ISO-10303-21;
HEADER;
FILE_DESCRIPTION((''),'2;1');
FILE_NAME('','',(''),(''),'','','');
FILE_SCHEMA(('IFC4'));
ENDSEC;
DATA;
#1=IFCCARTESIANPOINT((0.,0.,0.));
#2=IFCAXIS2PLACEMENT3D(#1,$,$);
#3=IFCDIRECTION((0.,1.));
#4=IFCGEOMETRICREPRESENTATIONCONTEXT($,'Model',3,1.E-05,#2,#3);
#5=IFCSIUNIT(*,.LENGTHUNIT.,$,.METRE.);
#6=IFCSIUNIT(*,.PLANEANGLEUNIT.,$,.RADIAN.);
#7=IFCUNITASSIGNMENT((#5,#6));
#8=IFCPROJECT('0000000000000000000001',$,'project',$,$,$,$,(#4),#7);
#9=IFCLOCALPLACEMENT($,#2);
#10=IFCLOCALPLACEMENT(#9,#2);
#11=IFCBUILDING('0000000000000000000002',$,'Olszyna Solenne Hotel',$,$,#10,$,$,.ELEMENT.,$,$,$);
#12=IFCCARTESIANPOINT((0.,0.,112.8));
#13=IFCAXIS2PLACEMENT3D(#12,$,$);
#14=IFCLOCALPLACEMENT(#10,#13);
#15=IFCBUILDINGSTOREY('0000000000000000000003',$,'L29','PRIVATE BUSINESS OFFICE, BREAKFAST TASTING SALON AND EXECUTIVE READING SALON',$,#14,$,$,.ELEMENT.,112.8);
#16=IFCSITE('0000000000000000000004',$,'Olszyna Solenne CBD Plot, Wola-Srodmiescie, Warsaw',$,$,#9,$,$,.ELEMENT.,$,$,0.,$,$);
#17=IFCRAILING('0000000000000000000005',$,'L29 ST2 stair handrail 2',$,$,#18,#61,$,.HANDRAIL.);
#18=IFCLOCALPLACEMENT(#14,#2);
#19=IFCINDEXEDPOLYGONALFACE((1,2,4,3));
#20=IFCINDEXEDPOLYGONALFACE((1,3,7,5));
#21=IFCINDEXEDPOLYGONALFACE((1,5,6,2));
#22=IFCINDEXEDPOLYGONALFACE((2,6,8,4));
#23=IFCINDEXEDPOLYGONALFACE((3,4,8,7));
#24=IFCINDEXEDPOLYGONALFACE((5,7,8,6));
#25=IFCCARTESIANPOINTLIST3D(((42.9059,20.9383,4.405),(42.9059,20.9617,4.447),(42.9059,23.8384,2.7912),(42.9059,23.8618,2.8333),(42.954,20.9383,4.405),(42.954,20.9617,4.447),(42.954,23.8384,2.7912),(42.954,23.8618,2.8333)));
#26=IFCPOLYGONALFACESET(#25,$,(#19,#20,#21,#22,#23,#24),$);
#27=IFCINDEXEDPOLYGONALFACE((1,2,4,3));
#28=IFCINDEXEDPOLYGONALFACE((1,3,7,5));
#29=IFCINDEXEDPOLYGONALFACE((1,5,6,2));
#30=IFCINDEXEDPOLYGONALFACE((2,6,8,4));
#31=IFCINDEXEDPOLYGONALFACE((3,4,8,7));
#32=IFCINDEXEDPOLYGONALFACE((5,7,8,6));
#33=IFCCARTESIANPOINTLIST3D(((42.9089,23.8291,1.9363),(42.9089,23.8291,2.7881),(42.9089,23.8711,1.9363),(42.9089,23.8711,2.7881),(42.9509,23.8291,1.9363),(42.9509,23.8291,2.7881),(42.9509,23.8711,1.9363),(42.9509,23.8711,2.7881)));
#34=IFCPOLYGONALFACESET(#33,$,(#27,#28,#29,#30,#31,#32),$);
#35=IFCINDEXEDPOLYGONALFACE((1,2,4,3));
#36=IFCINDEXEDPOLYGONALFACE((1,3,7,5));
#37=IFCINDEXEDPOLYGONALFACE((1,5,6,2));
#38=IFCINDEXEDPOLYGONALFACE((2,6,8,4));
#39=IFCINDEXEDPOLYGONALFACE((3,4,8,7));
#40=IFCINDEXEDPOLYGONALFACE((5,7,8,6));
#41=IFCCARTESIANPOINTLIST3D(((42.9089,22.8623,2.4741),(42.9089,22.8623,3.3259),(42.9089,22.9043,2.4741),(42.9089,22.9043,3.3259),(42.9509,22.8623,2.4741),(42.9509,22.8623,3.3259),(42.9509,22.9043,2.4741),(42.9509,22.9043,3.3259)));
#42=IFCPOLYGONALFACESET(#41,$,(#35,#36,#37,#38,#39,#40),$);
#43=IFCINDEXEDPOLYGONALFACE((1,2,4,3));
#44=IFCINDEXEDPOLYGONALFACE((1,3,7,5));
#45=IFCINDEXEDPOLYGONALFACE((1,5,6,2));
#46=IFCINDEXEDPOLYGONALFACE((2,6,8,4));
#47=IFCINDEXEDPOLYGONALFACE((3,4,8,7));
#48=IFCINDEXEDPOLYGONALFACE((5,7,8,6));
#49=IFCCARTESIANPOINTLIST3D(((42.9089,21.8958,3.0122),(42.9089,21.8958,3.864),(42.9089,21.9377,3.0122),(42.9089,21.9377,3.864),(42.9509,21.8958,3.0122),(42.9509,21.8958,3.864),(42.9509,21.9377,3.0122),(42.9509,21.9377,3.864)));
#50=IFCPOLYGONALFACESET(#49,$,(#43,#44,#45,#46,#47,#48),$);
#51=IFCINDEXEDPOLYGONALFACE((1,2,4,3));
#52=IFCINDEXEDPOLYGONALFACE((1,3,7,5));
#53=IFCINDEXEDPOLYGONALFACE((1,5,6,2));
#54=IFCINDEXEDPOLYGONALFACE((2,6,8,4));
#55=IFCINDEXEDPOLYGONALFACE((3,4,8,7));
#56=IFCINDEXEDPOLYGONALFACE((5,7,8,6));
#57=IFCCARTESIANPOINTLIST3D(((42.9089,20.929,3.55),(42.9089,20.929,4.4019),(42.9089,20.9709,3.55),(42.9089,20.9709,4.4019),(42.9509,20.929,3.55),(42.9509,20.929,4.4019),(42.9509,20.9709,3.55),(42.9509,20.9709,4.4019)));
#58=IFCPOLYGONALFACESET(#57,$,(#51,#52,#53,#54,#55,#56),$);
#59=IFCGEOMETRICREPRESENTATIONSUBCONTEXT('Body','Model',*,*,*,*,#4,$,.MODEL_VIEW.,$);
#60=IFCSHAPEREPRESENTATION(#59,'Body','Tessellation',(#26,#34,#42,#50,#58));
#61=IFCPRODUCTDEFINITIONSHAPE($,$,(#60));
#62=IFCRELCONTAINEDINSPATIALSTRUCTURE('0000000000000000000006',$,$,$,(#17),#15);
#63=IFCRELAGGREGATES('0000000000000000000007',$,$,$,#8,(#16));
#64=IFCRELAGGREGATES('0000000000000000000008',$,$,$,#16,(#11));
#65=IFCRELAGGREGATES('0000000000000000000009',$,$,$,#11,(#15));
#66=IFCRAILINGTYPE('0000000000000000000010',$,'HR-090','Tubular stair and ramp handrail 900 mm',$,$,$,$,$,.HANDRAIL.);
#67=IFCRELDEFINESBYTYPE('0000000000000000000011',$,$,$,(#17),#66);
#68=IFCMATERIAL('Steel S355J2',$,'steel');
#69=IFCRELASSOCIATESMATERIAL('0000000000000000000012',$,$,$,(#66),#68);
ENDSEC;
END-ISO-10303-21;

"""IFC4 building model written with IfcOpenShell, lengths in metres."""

from ifc_helpers import new_model, si_unit, direction, frame, origin, origin_2d, place, context, subcontext, project, spatial, rectangle, extrude, material, type_object, element, save


model = new_model("IFC4")

# Units and contexts
model_context = context("Model", 3, precision=1e-05, world=origin(), true_north=direction((0.0, 1.0)))
body_context = subcontext(model_context, "Body", "Model", "MODEL_VIEW")
ifc_project = project(units=[si_unit("LENGTHUNIT", "METRE"), si_unit("PLANEANGLEUNIT", "RADIAN")], contexts=[model_context])

# Site, building, storey
site_placement = place(None, origin())
site = spatial("IfcSite", under=ifc_project, at=site_placement, Name="Olszyna Solenne CBD Plot, Wola-Srodmiescie, Warsaw", CompositionType="ELEMENT", RefElevation=0.0)
building_placement = place(site_placement, origin())
building = spatial("IfcBuilding", under=site, at=building_placement, Name="Olszyna Solenne Hotel", CompositionType="ELEMENT")
storey_placement = place(building_placement, frame((0.0, 0.0, 112.8)))
storey = spatial("IfcBuildingStorey", under=building, at=storey_placement, Name="L29", Description="PRIVATE BUSINESS OFFICE, BREAKFAST TASTING SALON AND EXECUTIVE READING SALON", CompositionType="ELEMENT", Elevation=112.8)

# Shared definitions
ifc_material_1 = material(Name="Steel S355J2", Category="steel")

# Railing
railing_type_1 = type_object("IfcRailingType", Name="HR-090", Description="Tubular stair and ramp handrail 900 mm", PredefinedType="HANDRAIL", material=ifc_material_1)
railing_1_placement = place(storey_placement, frame((42.9299, 23.8501, 1.9363)))
element("IfcRailing", 1, at=railing_1_placement, inside=storey, type_object=railing_type_1, Name="L29 ST2 stair handrail 2", PredefinedType="HANDRAIL", context=body_context, shape_type="SweptSolid", body=[
    extrude(rectangle(XDim=0.0481, YDim=0.0481, at=origin_2d()), frame((0.0, 0.0, 0.876), z_axis=(0.0, -0.873827, 0.486236), x_axis=(1.0, 0.0, 0.0)), (0.0, 0.0, 1.0), 3.3188),
    extrude(rectangle(XDim=0.042, YDim=0.042, at=origin_2d()), origin(), (0.0, 0.0, 1.0), 0.8518),
    extrude(rectangle(XDim=0.042, YDim=0.042, at=origin_2d()), frame((0.0, -0.9668, 0.5378)), (0.0, 0.0, 1.0), 0.8518),
    extrude(rectangle(XDim=0.042, YDim=0.042, at=origin_2d()), frame((0.0, -1.9333, 1.0759)), (0.0, 0.0, 1.0), 0.8518),
    extrude(rectangle(XDim=0.042, YDim=0.042, at=origin_2d()), frame((0.0, -2.9001, 1.6138)), (0.0, 0.0, 1.0), 0.8518),
])

save(model, "model.ifc")
